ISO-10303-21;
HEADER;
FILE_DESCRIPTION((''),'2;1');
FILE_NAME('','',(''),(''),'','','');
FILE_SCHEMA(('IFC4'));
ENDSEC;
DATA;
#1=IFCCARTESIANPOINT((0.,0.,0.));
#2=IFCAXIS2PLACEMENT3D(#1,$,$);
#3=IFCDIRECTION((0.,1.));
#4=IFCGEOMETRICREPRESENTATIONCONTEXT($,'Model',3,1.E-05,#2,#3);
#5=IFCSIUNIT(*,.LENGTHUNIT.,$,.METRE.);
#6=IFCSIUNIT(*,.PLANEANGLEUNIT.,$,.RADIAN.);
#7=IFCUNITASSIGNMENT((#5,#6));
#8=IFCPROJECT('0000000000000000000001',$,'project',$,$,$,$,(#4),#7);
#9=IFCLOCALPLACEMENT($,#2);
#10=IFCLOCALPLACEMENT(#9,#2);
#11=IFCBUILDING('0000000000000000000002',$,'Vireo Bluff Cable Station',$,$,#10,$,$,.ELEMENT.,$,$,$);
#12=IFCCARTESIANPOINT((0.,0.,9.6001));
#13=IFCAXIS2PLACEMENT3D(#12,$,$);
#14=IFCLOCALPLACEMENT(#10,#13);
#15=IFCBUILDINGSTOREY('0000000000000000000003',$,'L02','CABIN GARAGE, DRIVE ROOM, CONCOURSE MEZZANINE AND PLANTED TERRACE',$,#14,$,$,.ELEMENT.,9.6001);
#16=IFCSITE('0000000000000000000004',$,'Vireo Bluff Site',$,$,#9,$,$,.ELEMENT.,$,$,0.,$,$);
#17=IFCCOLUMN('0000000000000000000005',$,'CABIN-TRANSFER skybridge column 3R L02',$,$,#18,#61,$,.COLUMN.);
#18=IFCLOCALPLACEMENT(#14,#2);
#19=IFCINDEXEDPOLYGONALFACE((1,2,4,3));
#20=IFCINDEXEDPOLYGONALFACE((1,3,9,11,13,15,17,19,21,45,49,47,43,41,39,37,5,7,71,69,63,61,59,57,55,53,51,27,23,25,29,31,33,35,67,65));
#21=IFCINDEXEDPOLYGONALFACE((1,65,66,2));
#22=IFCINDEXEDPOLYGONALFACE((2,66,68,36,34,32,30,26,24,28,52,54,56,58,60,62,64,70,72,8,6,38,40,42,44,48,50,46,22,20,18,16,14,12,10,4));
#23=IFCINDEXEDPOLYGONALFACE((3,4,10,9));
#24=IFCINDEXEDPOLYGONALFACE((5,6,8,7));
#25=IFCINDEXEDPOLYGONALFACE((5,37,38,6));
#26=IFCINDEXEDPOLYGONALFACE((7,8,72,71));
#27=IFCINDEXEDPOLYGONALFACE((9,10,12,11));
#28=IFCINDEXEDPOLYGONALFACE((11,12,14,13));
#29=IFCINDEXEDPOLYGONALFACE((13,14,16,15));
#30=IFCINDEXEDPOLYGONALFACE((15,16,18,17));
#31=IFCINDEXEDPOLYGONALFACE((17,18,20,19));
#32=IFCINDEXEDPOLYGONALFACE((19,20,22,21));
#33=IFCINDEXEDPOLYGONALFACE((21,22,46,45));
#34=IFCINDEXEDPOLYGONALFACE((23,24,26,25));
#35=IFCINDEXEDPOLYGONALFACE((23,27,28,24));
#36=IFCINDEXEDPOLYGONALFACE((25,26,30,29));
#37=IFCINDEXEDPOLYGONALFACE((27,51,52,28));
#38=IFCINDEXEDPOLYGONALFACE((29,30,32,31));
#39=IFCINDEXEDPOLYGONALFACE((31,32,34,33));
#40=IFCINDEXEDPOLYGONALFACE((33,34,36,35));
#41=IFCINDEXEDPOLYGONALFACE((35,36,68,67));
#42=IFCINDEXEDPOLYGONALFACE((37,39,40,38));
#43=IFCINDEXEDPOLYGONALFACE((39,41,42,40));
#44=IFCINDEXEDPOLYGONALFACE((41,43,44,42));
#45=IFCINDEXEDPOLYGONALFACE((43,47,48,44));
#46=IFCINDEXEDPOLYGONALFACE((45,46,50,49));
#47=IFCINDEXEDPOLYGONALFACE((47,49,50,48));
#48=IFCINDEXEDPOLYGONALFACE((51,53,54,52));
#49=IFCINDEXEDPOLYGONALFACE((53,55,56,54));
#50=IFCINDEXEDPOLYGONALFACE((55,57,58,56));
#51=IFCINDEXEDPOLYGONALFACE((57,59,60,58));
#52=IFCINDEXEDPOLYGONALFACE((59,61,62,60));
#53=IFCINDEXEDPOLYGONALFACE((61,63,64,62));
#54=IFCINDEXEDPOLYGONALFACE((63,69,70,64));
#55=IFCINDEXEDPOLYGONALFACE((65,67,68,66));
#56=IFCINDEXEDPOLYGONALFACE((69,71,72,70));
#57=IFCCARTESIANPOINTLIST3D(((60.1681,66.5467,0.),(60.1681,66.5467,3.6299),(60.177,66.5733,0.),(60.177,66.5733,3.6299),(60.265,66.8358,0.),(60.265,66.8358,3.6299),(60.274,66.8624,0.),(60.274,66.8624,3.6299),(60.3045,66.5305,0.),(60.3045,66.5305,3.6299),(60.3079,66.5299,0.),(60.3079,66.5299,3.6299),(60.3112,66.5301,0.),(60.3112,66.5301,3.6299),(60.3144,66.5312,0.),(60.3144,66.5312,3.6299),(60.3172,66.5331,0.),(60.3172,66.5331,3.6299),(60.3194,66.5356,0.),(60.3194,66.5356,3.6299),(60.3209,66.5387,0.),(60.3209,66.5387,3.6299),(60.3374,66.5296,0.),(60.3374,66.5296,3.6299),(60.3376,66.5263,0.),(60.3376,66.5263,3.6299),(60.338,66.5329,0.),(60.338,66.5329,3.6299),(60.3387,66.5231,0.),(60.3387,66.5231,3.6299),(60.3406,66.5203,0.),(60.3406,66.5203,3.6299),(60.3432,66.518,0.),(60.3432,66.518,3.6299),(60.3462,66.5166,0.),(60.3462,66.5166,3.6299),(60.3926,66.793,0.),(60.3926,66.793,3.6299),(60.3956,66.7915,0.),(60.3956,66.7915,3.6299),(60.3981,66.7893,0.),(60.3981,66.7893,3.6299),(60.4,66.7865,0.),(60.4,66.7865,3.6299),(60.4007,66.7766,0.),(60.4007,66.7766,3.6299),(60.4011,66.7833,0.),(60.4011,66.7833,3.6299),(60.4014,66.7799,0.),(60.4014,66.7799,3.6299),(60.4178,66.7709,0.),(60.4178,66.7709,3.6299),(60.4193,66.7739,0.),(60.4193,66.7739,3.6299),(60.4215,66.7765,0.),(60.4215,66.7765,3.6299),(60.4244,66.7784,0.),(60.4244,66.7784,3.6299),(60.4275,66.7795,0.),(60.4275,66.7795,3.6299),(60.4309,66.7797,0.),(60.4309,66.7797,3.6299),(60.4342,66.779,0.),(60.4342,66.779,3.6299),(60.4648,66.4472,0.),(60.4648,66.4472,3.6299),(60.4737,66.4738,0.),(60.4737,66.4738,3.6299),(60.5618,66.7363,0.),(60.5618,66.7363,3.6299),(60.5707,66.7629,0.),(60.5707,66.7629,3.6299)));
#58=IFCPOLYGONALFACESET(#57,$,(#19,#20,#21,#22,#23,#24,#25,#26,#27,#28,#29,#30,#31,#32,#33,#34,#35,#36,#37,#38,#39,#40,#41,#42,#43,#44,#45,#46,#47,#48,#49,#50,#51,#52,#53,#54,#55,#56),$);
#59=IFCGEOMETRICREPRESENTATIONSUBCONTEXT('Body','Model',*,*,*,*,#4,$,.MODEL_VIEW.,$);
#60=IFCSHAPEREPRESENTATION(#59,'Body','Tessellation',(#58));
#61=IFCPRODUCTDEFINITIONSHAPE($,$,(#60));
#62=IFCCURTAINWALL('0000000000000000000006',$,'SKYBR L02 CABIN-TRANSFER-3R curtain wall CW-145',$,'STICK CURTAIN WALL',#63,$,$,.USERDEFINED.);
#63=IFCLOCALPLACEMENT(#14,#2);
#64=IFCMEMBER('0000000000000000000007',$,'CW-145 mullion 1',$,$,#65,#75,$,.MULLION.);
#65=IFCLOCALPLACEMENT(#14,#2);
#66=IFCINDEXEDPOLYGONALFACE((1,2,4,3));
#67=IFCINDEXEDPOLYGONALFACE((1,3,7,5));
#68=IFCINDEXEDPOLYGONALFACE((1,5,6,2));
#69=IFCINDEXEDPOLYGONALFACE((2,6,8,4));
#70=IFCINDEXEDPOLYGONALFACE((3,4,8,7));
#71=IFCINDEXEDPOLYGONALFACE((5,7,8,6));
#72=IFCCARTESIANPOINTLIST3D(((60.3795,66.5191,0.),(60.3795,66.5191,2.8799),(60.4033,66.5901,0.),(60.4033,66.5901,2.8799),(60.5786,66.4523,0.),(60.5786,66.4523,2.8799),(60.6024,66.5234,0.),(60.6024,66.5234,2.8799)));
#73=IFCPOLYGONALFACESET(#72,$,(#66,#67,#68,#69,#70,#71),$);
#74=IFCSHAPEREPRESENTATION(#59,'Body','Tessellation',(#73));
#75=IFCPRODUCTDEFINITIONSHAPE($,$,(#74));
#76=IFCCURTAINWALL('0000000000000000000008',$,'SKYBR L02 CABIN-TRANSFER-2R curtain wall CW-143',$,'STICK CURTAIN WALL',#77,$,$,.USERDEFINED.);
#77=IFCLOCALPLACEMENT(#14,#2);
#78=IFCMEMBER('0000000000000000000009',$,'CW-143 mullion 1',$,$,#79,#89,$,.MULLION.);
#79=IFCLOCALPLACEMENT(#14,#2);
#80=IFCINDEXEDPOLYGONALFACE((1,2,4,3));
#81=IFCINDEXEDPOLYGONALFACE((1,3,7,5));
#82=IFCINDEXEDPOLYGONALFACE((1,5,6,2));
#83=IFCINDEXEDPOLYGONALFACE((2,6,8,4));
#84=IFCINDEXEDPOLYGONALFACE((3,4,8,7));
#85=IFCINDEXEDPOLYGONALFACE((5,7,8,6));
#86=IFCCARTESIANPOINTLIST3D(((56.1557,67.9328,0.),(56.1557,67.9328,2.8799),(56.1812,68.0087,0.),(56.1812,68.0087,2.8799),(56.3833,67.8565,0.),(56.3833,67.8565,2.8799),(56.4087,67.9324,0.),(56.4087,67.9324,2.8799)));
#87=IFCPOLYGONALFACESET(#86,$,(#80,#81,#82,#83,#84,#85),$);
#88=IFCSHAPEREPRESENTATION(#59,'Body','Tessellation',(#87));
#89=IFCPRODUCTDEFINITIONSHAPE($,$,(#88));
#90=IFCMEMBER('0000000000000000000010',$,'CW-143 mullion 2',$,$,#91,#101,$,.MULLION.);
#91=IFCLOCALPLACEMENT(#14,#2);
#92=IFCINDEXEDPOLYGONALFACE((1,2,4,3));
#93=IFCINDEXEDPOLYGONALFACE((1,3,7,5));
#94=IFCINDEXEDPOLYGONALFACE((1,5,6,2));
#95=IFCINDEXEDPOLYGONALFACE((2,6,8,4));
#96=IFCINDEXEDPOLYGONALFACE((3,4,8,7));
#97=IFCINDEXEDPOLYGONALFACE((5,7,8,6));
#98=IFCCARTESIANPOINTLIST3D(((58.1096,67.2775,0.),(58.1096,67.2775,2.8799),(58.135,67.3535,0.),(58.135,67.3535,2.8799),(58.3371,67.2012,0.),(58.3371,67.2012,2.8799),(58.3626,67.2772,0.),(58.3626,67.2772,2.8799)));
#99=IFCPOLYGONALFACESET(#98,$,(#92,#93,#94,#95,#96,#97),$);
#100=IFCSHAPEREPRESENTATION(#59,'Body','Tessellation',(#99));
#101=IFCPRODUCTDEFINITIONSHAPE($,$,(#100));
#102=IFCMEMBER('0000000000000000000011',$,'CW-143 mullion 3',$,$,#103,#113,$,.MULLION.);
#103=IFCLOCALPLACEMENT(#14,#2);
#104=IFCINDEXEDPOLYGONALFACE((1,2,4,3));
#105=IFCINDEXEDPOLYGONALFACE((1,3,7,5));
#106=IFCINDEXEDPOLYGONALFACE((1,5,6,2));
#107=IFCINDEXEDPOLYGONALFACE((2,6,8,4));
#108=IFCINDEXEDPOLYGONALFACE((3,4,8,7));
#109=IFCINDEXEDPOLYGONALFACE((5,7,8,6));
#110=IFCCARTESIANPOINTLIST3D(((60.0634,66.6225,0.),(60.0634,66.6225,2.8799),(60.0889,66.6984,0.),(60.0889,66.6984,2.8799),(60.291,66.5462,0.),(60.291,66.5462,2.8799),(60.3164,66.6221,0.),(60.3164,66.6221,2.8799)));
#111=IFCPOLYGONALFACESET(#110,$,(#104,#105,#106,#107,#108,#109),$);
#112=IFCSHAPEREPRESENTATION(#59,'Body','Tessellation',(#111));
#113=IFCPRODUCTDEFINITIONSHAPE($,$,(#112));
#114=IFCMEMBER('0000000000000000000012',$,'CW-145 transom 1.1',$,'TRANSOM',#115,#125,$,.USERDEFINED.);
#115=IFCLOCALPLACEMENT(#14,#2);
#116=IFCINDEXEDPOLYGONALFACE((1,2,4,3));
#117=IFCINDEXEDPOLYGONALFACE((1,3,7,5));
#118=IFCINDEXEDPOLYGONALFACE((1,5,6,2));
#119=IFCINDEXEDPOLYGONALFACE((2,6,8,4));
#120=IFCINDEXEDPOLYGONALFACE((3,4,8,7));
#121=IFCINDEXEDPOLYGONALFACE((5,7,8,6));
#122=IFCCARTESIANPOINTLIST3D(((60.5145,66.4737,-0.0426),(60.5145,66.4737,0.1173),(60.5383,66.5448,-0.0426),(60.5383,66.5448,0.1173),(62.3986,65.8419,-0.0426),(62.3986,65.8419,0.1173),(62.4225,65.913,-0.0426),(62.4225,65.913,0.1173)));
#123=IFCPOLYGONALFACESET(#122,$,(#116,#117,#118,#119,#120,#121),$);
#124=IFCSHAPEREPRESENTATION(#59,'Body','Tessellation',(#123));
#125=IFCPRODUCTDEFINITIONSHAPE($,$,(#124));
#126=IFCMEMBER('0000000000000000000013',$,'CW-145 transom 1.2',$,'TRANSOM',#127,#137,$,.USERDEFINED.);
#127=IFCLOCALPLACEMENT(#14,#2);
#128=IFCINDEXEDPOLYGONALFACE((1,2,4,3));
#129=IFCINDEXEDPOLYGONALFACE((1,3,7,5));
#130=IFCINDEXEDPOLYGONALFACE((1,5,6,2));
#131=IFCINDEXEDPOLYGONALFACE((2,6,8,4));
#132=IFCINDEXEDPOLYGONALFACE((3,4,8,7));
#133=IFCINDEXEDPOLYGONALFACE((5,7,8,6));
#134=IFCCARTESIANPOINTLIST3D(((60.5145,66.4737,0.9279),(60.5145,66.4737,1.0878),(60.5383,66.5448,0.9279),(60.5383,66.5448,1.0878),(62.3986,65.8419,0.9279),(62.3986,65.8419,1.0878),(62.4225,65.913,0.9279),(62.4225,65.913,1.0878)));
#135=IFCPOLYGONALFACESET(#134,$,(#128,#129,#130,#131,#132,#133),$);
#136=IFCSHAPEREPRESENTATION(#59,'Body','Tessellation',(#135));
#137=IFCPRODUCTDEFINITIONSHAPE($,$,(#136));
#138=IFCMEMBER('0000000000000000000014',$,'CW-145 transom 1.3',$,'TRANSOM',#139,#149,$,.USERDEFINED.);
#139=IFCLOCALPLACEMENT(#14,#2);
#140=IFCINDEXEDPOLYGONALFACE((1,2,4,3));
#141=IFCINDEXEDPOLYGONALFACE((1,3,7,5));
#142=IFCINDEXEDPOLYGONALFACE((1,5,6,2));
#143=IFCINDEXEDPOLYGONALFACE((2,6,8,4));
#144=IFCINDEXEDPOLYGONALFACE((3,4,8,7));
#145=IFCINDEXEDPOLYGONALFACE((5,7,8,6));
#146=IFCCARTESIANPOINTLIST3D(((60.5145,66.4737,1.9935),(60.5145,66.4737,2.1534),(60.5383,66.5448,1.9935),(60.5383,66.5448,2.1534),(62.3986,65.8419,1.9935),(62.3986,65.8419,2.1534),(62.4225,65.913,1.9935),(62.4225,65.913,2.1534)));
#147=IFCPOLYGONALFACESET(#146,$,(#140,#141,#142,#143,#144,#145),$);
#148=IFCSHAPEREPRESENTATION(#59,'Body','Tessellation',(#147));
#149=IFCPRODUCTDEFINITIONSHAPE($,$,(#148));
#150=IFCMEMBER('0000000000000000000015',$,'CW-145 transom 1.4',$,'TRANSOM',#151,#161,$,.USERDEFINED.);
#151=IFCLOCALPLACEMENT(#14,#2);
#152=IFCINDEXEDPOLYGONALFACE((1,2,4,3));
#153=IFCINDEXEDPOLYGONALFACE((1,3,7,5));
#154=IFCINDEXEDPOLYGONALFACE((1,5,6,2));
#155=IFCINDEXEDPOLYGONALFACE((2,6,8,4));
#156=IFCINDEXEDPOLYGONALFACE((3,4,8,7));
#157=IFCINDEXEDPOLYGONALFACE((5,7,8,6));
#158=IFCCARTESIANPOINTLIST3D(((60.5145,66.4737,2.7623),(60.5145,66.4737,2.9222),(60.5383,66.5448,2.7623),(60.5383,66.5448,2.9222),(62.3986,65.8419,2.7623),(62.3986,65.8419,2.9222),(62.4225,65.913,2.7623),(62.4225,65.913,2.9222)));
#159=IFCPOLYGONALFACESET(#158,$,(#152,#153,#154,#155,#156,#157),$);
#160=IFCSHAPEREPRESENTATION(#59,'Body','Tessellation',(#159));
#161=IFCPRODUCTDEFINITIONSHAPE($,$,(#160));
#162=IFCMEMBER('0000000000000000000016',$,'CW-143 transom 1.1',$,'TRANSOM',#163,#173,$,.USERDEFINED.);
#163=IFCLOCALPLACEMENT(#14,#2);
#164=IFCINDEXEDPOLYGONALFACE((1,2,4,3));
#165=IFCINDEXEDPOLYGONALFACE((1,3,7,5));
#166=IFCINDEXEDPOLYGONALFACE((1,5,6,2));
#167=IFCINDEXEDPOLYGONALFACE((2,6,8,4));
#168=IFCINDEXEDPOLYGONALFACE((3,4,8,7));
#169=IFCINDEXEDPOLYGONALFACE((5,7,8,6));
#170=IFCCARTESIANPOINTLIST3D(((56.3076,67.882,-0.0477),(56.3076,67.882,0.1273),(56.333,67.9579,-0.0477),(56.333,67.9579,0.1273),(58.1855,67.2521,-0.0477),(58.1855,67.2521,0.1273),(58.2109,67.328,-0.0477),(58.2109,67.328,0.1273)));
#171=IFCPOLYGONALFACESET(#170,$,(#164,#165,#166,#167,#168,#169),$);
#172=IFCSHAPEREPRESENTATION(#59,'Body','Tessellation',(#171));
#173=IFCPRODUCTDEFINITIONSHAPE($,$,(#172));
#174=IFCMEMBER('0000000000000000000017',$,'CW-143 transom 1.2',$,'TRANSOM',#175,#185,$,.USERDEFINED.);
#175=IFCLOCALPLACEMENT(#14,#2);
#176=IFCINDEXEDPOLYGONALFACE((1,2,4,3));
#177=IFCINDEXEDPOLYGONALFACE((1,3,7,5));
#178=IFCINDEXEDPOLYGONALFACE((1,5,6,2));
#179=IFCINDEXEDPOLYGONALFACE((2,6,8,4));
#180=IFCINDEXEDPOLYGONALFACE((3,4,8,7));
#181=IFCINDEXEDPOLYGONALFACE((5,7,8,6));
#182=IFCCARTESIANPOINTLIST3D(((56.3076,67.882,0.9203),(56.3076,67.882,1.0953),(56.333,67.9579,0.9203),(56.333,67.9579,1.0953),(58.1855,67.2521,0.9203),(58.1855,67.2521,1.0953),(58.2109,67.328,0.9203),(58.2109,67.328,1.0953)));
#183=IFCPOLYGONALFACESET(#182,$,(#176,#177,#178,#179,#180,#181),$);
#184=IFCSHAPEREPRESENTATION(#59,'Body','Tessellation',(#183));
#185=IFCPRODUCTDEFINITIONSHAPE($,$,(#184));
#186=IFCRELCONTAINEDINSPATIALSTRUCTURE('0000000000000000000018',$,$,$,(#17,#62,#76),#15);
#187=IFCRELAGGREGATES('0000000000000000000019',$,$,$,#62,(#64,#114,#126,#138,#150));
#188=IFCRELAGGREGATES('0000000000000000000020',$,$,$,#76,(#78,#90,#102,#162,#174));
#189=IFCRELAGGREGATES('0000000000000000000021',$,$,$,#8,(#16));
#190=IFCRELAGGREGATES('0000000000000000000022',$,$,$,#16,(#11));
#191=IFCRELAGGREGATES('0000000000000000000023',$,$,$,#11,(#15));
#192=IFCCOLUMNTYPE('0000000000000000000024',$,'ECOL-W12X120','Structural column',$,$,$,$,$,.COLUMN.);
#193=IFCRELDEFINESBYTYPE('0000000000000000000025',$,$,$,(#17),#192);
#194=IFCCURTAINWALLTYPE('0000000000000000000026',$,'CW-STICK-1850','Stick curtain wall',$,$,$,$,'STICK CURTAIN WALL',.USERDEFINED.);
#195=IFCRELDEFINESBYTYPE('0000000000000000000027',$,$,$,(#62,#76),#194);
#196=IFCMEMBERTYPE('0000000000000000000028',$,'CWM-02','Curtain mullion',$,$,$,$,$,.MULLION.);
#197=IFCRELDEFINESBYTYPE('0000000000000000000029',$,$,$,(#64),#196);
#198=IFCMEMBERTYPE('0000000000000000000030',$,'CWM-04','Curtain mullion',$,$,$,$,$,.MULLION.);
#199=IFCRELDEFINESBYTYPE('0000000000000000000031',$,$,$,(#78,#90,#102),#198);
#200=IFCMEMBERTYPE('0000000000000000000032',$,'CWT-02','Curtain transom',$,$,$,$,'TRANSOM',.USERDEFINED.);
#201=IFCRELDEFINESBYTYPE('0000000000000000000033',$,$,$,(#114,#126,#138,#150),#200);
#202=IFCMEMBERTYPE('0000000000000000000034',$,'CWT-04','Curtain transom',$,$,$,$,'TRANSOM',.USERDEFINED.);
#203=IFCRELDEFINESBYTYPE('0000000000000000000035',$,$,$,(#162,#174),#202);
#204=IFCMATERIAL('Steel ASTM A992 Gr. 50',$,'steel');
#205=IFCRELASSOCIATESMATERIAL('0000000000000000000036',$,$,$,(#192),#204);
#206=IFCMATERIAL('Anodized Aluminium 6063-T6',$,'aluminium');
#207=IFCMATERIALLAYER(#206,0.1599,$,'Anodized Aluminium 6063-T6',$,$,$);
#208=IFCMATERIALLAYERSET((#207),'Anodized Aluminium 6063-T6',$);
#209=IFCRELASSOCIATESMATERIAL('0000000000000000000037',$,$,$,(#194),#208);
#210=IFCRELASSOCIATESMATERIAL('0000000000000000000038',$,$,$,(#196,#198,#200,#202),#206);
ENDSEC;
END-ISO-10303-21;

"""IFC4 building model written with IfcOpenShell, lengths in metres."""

from ifc_helpers import new_model, si_unit, direction, frame, origin, origin_2d, place, context, subcontext, project, spatial, rectangle, i_section, extrude, material, layer, layer_set, material_profile, profile_set, type_object, element, aggregate, save


model = new_model("IFC4")

# Units and contexts
model_context = context("Model", 3, precision=1e-05, world=origin(), true_north=direction((0.0, 1.0)))
body_context = subcontext(model_context, "Body", "Model", "MODEL_VIEW")
ifc_project = project(units=[si_unit("LENGTHUNIT", "METRE"), si_unit("PLANEANGLEUNIT", "RADIAN")], contexts=[model_context])

# Site, building, storey
site_placement = place(None, origin())
site = spatial("IfcSite", under=ifc_project, at=site_placement, Name="Vireo Bluff Site", CompositionType="ELEMENT", RefElevation=0.0)
building_placement = place(site_placement, origin())
building = spatial("IfcBuilding", under=site, at=building_placement, Name="Vireo Bluff Cable Station", CompositionType="ELEMENT")
storey_placement = place(building_placement, frame((0.0, 0.0, 9.6001)))
storey = spatial("IfcBuildingStorey", under=building, at=storey_placement, Name="L02", Description="CABIN GARAGE, DRIVE ROOM, CONCOURSE MEZZANINE AND PLANTED TERRACE", CompositionType="ELEMENT", Elevation=9.6001)

# Column
ifc_material_1 = material(Name="Steel ASTM A992 Gr. 50", Category="steel")
ifc_material_profile_1 = material_profile(ifc_material_1, i_section(OverallWidth=0.313, OverallDepth=0.333, WebThickness=0.0181, FlangeThickness=0.0281, FilletRadius=0.0129, at=origin_2d()), Name="W12X120")
ifc_profile_set_1 = profile_set([ifc_material_profile_1], Name="Steel ASTM A992 Gr. 50")
column_type = type_object("IfcColumnType", Name="ECOL-W12X120", Description="Structural column", PredefinedType="COLUMN", material=ifc_profile_set_1)
column_placement = place(storey_placement, frame((60.3694, 66.6548, 0.0), z_axis=(0.0, 0.0, 1.0), x_axis=(0.948105, -0.317958, 0.0)))
element("IfcColumn", 1, at=column_placement, inside=storey, type_object=column_type, Name="CABIN-TRANSFER skybridge column 3R L02", PredefinedType="COLUMN", context=body_context, shape_type="SweptSolid", body=[
    extrude(i_section(OverallWidth=0.313, OverallDepth=0.333, WebThickness=0.0181, FlangeThickness=0.0281, FilletRadius=0.0129, at=origin_2d()), origin(), (0.0, 0.0, 1.0), 3.6299),
])

# Curtain wall, member
ifc_material_2 = material(Name="Anodized Aluminium 6063-T6", Category="aluminium")
ifc_layer_1 = layer(ifc_material_2, 0.1599, Name="Anodized Aluminium 6063-T6")
ifc_layer_set_1 = layer_set([ifc_layer_1], Name="Anodized Aluminium 6063-T6")
curtain_wall_type = type_object("IfcCurtainWallType", Name="CW-STICK-1850", Description="Stick curtain wall", ElementType="STICK CURTAIN WALL", PredefinedType="USERDEFINED", material=ifc_layer_set_1)
curtain_wall_1_placement = place(storey_placement, origin())
curtain_wall_1 = element("IfcCurtainWall", 2, at=curtain_wall_1_placement, inside=storey, type_object=curtain_wall_type, Name="SKYBR L02 CABIN-TRANSFER-3R curtain wall CW-145", ObjectType="STICK CURTAIN WALL", PredefinedType="USERDEFINED")
ifc_material_profile_2 = material_profile(ifc_material_2, rectangle(XDim=0.075, YDim=0.21, at=origin_2d()), Name="ALU-M-75X210")
ifc_profile_set_2 = profile_set([ifc_material_profile_2], Name="Anodized Aluminium 6063-T6")
member_type_1 = type_object("IfcMemberType", Name="CWM-02", Description="Curtain mullion", PredefinedType="MULLION", material=ifc_profile_set_2)
member_1_placement = place(storey_placement, frame((60.491, 66.5212, 0.0), z_axis=(0.0, 0.0, 1.0), x_axis=(0.317934, 0.948113, 0.0)))
member_1 = element("IfcMember", 3, at=member_1_placement, type_object=member_type_1, Name="CW-145 mullion 1", PredefinedType="MULLION", context=body_context, shape_type="SweptSolid", body=[
    extrude(rectangle(XDim=0.075, YDim=0.21, at=origin_2d()), origin(), (0.0, 0.0, 1.0), 2.8799),
])

# Curtain wall, members
curtain_wall_2_placement = place(storey_placement, origin())
curtain_wall_2 = element("IfcCurtainWall", 4, at=curtain_wall_2_placement, inside=storey, type_object=curtain_wall_type, Name="SKYBR L02 CABIN-TRANSFER-2R curtain wall CW-143", ObjectType="STICK CURTAIN WALL", PredefinedType="USERDEFINED")
ifc_material_profile_3 = material_profile(ifc_material_2, rectangle(XDim=0.0801, YDim=0.24, at=origin_2d()), Name="ALU-M-80X240")
ifc_profile_set_3 = profile_set([ifc_material_profile_3], Name="Anodized Aluminium 6063-T6")
member_type_2 = type_object("IfcMemberType", Name="CWM-04", Description="Curtain mullion", PredefinedType="MULLION", material=ifc_profile_set_3)
member_2_placement = place(storey_placement, frame((56.2822, 67.9326, 0.0), z_axis=(0.0, 0.0, 1.0), x_axis=(0.317941, 0.948111, 0.0)))
member_2 = element("IfcMember", 5, at=member_2_placement, type_object=member_type_2, Name="CW-143 mullion 1", PredefinedType="MULLION", context=body_context, shape_type="SweptSolid", body=[
    extrude(rectangle(XDim=0.0801, YDim=0.24, at=origin_2d()), origin(), (0.0, 0.0, 1.0), 2.8799),
])
member_3_placement = place(storey_placement, frame((58.2361, 67.2773, 0.0), z_axis=(0.0, 0.0, 1.0), x_axis=(0.317941, 0.948111, 0.0)))
member_3 = element("IfcMember", 6, at=member_3_placement, type_object=member_type_2, Name="CW-143 mullion 2", PredefinedType="MULLION", context=body_context, shape_type="SweptSolid", body=[
    extrude(rectangle(XDim=0.0801, YDim=0.24, at=origin_2d()), origin(), (0.0, 0.0, 1.0), 2.8799),
])
member_4_placement = place(storey_placement, frame((60.1899, 66.6223, 0.0), z_axis=(0.0, 0.0, 1.0), x_axis=(0.317941, 0.948111, 0.0)))
member_4 = element("IfcMember", 7, at=member_4_placement, type_object=member_type_2, Name="CW-143 mullion 3", PredefinedType="MULLION", context=body_context, shape_type="SweptSolid", body=[
    extrude(rectangle(XDim=0.0801, YDim=0.24, at=origin_2d()), origin(), (0.0, 0.0, 1.0), 2.8799),
])

# Members
ifc_material_profile_4 = material_profile(ifc_material_2, rectangle(XDim=0.075, YDim=0.1599, at=origin_2d()), Name="ALU-T-75X160")
ifc_profile_set_4 = profile_set([ifc_material_profile_4], Name="Anodized Aluminium 6063-T6")
member_type_3 = type_object("IfcMemberType", Name="CWT-02", Description="Curtain transom", ElementType="TRANSOM", PredefinedType="USERDEFINED", material=ifc_profile_set_4)
member_5_placement = place(storey_placement, frame((60.5264, 66.5093, 0.0374), z_axis=(0.948117, -0.317923, 0.0), x_axis=(0.317923, 0.948117, 0.0)))
member_5 = element("IfcMember", 8, at=member_5_placement, type_object=member_type_3, Name="CW-145 transom 1.1", ObjectType="TRANSOM", PredefinedType="USERDEFINED", context=body_context, shape_type="SweptSolid", body=[
    extrude(rectangle(XDim=0.075, YDim=0.1599, at=origin_2d()), origin(), (0.0, 0.0, 1.0), 1.9873),
])
member_6_placement = place(storey_placement, frame((60.5264, 66.5093, 1.0078), z_axis=(0.948117, -0.317923, 0.0), x_axis=(0.317923, 0.948117, 0.0)))
member_6 = element("IfcMember", 9, at=member_6_placement, type_object=member_type_3, Name="CW-145 transom 1.2", ObjectType="TRANSOM", PredefinedType="USERDEFINED", context=body_context, shape_type="SweptSolid", body=[
    extrude(rectangle(XDim=0.075, YDim=0.1599, at=origin_2d()), origin(), (0.0, 0.0, 1.0), 1.9873),
])
member_7_placement = place(storey_placement, frame((60.5264, 66.5093, 2.0735), z_axis=(0.948117, -0.317923, 0.0), x_axis=(0.317923, 0.948117, 0.0)))
member_7 = element("IfcMember", 10, at=member_7_placement, type_object=member_type_3, Name="CW-145 transom 1.3", ObjectType="TRANSOM", PredefinedType="USERDEFINED", context=body_context, shape_type="SweptSolid", body=[
    extrude(rectangle(XDim=0.075, YDim=0.1599, at=origin_2d()), origin(), (0.0, 0.0, 1.0), 1.9873),
])
member_8_placement = place(storey_placement, frame((60.5264, 66.5093, 2.8423), z_axis=(0.948117, -0.317923, 0.0), x_axis=(0.317923, 0.948117, 0.0)))
member_8 = element("IfcMember", 11, at=member_8_placement, type_object=member_type_3, Name="CW-145 transom 1.4", ObjectType="TRANSOM", PredefinedType="USERDEFINED", context=body_context, shape_type="SweptSolid", body=[
    extrude(rectangle(XDim=0.075, YDim=0.1599, at=origin_2d()), origin(), (0.0, 0.0, 1.0), 1.9873),
])
ifc_material_profile_5 = material_profile(ifc_material_2, rectangle(XDim=0.0801, YDim=0.175, at=origin_2d()), Name="ALU-T-80X175")
ifc_profile_set_5 = profile_set([ifc_material_profile_5], Name="Anodized Aluminium 6063-T6")
member_type_4 = type_object("IfcMemberType", Name="CWT-04", Description="Curtain transom", ElementType="TRANSOM", PredefinedType="USERDEFINED", material=ifc_profile_set_5)
member_9_placement = place(storey_placement, frame((56.3203, 67.9199, 0.0398), z_axis=(0.94809, -0.318002, 0.0), x_axis=(0.318002, 0.94809, 0.0)))
member_9 = element("IfcMember", 12, at=member_9_placement, type_object=member_type_4, Name="CW-143 transom 1.1", ObjectType="TRANSOM", PredefinedType="USERDEFINED", context=body_context, shape_type="SweptSolid", body=[
    extrude(rectangle(XDim=0.0801, YDim=0.175, at=origin_2d()), origin(), (0.0, 0.0, 1.0), 1.9807),
])
member_10_placement = place(storey_placement, frame((56.3203, 67.9199, 1.0078), z_axis=(0.94809, -0.318002, 0.0), x_axis=(0.318002, 0.94809, 0.0)))
member_10 = element("IfcMember", 13, at=member_10_placement, type_object=member_type_4, Name="CW-143 transom 1.2", ObjectType="TRANSOM", PredefinedType="USERDEFINED", context=body_context, shape_type="SweptSolid", body=[
    extrude(rectangle(XDim=0.0801, YDim=0.175, at=origin_2d()), origin(), (0.0, 0.0, 1.0), 1.9807),
])

aggregate(curtain_wall_1, [member_1, member_5, member_6, member_7, member_8])
aggregate(curtain_wall_2, [member_2, member_3, member_4, member_9, member_10])

save(model, "model.ifc")
